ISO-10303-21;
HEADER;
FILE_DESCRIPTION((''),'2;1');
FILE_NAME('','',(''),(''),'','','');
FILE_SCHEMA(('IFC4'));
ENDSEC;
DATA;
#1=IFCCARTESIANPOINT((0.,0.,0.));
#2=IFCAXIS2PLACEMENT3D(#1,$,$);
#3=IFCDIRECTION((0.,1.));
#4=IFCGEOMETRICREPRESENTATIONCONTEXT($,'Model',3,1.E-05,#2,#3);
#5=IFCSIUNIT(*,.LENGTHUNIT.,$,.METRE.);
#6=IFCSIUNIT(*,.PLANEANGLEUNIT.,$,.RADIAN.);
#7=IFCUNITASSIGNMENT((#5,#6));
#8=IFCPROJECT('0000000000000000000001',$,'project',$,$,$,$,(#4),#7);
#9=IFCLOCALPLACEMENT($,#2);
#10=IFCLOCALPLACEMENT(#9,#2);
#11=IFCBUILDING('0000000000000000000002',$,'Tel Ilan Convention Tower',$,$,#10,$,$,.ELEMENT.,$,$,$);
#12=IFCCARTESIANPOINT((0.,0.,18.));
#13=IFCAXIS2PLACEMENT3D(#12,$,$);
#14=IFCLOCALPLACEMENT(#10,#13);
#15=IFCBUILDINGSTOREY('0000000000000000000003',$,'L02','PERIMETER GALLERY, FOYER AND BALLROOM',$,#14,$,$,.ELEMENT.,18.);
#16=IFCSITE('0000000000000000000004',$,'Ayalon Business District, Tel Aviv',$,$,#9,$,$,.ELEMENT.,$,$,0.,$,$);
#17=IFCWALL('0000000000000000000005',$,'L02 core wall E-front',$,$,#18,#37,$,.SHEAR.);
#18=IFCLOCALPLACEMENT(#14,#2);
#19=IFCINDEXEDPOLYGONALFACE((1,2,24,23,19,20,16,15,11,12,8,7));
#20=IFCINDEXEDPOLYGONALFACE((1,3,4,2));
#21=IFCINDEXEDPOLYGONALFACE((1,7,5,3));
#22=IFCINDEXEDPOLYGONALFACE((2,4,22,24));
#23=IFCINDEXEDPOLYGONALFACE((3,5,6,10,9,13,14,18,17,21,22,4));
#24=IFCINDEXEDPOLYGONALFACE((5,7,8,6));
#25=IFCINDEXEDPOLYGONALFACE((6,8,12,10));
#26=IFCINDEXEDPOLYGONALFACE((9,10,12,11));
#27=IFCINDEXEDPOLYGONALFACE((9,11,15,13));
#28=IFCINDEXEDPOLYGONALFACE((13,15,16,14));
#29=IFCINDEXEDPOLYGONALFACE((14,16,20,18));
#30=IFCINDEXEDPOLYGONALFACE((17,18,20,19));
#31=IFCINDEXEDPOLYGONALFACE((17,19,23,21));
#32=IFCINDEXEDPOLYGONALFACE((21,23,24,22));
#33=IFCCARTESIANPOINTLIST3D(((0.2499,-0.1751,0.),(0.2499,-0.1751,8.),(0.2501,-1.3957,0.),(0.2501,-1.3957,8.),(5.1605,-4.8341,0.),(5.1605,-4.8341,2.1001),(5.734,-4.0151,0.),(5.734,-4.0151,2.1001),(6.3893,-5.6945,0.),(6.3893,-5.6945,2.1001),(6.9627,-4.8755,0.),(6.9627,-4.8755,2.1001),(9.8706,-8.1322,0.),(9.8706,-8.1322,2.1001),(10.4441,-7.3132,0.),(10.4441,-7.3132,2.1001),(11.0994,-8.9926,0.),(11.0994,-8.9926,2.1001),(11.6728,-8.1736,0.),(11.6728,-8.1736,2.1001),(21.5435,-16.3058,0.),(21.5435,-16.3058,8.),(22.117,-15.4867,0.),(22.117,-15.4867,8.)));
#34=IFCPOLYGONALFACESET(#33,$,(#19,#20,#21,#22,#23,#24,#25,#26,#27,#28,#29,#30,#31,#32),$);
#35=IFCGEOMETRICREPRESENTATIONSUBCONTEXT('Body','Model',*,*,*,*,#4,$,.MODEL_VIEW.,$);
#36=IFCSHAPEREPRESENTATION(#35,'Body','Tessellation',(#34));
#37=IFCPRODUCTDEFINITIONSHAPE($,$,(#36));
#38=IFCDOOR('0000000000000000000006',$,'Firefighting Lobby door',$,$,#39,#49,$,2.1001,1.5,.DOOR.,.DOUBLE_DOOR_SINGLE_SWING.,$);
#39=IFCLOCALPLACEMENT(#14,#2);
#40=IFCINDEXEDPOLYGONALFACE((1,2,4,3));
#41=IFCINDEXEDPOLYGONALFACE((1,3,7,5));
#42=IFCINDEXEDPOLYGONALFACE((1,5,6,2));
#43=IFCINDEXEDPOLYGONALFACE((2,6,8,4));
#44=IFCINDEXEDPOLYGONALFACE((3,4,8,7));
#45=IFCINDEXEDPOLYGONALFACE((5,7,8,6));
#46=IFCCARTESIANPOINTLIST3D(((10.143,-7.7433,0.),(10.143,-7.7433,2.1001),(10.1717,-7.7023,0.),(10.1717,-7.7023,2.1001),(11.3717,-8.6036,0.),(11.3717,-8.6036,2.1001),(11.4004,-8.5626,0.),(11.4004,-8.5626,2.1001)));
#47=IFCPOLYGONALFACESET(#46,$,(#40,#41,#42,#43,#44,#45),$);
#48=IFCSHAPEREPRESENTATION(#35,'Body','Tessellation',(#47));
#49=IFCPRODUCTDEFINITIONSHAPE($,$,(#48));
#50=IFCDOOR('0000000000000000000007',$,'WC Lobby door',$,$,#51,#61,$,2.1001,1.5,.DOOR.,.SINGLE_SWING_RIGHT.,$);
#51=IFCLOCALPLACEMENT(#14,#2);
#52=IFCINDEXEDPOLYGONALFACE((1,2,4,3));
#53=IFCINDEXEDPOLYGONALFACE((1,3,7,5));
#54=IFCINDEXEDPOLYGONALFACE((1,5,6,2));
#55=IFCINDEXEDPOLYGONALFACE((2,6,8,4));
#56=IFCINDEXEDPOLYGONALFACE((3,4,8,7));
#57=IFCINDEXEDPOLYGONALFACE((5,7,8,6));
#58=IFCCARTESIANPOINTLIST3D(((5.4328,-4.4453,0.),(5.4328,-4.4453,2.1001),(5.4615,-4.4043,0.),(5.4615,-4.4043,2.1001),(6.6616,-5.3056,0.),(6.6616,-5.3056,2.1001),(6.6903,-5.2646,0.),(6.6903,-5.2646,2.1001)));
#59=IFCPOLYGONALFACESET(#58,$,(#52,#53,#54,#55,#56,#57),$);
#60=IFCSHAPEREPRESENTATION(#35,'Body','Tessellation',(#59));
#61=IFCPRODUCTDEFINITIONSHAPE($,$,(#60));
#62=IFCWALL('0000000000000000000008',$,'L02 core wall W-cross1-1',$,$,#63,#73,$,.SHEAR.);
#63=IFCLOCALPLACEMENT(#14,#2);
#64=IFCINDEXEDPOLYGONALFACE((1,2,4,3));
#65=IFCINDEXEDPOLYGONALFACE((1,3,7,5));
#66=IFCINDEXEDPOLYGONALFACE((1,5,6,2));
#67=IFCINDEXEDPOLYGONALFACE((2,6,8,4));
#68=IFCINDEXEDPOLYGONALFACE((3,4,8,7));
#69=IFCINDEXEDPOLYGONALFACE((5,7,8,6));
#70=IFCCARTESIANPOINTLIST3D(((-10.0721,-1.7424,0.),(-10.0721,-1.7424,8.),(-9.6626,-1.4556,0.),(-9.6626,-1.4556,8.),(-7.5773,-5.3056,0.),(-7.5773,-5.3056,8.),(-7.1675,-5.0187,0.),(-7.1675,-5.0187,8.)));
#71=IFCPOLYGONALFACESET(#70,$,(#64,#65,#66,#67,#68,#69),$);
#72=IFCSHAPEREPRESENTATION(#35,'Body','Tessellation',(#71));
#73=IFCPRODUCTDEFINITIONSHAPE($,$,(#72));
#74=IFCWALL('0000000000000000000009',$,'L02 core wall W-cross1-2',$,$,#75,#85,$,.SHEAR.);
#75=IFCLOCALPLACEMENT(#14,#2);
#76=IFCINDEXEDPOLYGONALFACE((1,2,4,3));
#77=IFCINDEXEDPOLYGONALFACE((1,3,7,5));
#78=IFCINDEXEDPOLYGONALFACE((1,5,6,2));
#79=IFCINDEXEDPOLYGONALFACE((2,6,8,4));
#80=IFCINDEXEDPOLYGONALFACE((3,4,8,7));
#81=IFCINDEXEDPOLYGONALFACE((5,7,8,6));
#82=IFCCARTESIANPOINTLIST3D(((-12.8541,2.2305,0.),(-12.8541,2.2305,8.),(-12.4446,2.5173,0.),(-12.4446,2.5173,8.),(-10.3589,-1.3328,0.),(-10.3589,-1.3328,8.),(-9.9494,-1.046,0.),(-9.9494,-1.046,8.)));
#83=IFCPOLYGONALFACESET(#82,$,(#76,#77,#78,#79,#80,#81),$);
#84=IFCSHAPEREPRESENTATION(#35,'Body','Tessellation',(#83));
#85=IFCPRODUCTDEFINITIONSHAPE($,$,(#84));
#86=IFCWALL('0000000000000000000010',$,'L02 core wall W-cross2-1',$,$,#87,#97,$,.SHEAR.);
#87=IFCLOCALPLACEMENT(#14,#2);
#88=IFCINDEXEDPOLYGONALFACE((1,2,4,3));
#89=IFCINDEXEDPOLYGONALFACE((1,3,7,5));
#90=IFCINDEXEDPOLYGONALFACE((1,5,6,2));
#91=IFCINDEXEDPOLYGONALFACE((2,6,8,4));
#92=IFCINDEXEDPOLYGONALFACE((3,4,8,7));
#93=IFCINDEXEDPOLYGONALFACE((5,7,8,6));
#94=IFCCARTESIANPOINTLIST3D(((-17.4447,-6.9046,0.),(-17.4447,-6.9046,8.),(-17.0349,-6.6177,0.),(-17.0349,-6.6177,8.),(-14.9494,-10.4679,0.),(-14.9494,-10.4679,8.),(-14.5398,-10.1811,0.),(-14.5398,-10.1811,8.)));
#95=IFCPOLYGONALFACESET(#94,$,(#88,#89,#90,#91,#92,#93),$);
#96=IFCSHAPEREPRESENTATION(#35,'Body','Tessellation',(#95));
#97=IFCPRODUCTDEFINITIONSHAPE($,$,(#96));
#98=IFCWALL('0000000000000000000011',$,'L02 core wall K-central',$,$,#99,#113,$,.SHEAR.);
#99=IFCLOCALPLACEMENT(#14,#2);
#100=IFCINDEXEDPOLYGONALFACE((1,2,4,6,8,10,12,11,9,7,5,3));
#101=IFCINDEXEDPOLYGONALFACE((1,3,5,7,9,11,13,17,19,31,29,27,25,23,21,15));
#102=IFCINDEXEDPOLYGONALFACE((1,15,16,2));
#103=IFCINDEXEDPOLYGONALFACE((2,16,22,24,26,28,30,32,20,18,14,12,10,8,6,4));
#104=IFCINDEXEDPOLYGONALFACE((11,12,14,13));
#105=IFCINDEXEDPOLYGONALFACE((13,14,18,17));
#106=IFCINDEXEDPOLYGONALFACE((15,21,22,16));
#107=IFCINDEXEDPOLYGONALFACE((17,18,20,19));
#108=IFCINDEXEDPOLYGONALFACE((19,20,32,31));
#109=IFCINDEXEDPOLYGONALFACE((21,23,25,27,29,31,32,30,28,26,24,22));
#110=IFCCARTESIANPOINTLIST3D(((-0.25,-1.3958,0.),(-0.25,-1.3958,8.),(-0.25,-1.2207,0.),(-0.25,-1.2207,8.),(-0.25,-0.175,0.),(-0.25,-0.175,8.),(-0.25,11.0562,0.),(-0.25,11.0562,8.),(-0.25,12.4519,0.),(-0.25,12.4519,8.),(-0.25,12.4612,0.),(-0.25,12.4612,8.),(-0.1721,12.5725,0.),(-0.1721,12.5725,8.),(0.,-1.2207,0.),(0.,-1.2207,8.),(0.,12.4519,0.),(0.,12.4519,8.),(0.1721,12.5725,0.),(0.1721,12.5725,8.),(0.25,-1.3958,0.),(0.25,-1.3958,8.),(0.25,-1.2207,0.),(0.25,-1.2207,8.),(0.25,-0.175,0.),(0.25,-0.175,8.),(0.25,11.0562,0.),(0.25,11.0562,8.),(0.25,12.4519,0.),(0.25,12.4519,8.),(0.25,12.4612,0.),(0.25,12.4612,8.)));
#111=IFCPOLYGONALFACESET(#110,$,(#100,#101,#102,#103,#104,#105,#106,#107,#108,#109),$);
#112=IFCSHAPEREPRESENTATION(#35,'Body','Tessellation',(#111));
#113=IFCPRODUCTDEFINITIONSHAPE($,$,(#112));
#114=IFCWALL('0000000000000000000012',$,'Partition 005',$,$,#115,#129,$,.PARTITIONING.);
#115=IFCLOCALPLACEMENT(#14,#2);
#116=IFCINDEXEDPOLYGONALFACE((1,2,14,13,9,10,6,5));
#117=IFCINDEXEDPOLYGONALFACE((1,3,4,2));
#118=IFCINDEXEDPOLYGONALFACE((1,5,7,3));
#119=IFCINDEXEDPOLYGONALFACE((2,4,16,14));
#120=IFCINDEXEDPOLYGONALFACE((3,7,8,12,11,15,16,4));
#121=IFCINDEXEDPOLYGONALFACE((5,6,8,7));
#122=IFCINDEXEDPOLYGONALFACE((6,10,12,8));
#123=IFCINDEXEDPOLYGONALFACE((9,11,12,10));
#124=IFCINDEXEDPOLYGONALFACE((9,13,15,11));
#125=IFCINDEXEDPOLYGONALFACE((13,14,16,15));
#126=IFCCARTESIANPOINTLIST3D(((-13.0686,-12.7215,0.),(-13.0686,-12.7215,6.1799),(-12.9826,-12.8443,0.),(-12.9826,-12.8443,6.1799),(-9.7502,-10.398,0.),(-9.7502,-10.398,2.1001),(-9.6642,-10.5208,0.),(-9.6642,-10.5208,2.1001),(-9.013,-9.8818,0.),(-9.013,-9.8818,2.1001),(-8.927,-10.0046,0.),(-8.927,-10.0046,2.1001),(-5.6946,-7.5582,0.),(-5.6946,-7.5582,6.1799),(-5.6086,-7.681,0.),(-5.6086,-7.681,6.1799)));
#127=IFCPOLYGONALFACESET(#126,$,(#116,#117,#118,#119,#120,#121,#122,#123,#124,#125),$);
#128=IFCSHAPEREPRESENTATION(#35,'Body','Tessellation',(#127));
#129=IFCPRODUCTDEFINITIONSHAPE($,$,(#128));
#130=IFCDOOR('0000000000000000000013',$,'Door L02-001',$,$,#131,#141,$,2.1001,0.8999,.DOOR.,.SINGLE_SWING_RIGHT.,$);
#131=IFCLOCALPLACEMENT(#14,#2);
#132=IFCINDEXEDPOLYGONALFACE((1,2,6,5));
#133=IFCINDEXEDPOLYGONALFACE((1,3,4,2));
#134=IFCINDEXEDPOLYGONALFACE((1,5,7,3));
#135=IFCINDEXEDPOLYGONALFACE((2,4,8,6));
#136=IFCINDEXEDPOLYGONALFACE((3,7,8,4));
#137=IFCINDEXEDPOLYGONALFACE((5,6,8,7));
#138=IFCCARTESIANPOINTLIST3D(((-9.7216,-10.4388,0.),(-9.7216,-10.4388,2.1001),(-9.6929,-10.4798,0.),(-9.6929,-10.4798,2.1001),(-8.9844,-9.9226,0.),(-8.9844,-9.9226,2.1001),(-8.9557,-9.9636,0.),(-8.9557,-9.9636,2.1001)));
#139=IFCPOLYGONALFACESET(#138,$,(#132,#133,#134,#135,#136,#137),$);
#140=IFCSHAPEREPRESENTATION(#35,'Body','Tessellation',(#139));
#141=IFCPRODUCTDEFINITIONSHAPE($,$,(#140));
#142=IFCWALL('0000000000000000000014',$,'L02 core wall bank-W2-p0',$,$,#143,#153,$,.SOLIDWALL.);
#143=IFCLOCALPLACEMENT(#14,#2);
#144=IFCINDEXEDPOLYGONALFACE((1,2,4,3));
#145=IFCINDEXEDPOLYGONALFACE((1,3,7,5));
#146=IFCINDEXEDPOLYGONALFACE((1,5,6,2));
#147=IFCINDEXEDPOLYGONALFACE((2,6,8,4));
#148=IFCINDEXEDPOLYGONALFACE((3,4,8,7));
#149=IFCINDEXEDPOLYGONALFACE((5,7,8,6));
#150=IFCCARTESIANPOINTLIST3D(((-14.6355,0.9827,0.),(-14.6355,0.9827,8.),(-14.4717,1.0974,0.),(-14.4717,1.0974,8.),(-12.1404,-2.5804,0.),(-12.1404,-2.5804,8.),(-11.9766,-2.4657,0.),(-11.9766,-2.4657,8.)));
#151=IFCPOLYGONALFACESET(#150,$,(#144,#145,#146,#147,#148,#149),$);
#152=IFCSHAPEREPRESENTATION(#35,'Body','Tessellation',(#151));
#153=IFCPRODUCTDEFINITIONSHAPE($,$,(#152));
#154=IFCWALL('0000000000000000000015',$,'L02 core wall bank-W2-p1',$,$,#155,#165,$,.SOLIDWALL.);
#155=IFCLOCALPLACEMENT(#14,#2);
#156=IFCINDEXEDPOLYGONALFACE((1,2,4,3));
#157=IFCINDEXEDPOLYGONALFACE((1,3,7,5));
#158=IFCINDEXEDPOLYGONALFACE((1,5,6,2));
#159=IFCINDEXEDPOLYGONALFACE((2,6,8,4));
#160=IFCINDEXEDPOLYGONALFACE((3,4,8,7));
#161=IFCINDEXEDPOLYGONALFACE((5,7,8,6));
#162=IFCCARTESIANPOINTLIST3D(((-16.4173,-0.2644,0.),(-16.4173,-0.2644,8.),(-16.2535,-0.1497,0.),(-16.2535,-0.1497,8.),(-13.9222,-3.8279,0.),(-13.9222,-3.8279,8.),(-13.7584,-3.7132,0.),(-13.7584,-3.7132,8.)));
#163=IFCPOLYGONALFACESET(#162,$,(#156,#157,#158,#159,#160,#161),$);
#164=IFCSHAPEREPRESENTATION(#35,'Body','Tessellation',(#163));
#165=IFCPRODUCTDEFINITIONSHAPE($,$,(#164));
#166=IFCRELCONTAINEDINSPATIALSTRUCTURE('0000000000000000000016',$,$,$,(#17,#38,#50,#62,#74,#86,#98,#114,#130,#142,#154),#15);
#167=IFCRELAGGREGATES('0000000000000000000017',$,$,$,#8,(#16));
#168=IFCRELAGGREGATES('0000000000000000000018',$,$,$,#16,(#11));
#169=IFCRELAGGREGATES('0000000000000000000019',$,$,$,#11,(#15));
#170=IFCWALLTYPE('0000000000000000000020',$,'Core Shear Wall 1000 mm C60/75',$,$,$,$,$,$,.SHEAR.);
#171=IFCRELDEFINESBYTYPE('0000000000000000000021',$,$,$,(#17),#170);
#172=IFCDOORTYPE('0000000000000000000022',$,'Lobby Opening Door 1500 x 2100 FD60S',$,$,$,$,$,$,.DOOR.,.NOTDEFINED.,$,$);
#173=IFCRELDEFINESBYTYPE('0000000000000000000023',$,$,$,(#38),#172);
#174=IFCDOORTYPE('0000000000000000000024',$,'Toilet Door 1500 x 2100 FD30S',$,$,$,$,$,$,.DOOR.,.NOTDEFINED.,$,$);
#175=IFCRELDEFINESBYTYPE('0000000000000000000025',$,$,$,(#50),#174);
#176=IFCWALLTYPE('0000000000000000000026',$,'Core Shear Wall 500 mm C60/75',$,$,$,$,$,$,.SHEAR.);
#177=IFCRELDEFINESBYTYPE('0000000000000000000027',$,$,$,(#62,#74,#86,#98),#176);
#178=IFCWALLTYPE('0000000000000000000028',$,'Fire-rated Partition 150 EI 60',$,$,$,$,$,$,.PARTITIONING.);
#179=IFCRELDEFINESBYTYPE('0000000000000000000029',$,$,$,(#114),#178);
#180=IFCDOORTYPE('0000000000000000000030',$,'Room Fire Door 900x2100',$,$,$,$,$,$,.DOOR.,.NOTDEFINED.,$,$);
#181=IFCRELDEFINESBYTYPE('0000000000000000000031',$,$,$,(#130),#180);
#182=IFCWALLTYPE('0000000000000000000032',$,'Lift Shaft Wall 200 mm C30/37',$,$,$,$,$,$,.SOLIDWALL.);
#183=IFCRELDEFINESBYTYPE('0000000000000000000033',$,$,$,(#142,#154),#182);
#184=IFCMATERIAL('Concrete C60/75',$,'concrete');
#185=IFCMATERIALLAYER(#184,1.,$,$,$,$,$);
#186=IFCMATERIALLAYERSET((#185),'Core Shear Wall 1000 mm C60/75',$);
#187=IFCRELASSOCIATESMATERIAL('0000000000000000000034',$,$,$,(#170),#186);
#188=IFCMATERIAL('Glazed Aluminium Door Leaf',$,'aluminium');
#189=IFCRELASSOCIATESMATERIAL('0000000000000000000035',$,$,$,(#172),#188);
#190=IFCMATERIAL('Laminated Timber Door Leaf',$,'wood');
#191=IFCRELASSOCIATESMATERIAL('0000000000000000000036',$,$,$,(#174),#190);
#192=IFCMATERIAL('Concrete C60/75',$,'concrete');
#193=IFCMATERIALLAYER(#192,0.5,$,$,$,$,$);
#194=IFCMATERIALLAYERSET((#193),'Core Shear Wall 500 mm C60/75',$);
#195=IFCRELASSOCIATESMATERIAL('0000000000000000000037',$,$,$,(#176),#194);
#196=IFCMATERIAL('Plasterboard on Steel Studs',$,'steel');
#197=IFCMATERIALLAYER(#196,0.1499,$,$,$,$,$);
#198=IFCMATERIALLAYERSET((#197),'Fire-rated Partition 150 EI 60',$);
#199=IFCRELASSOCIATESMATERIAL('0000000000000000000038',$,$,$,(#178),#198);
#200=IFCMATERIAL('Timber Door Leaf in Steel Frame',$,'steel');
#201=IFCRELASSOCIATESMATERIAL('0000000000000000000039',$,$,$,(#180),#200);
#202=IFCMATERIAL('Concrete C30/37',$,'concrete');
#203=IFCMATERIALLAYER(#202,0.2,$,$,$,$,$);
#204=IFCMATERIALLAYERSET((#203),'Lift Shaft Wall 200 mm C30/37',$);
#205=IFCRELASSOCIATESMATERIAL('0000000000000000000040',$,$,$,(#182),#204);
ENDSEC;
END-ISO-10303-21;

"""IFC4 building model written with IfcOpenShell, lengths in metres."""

from ifc_helpers import new_model, si_unit, direction, frame, frame_2d, origin, place, context, subcontext, project, spatial, polyline, rectangle, outline, extrude, material, layer, layer_set, type_object, element, fill, save


model = new_model("IFC4")

# Units and contexts
model_context = context("Model", 3, precision=1e-05, world=origin(), true_north=direction((0.0, 1.0)))
body_context = subcontext(model_context, "Body", "Model", "MODEL_VIEW")
ifc_project = project(units=[si_unit("LENGTHUNIT", "METRE"), si_unit("PLANEANGLEUNIT", "RADIAN")], contexts=[model_context])

# Site, building, storey
site_placement = place(None, origin())
site = spatial("IfcSite", under=ifc_project, at=site_placement, Name="Ayalon Business District, Tel Aviv", CompositionType="ELEMENT", RefElevation=0.0)
building_placement = place(site_placement, origin())
building = spatial("IfcBuilding", under=site, at=building_placement, Name="Tel Ilan Convention Tower", CompositionType="ELEMENT")
storey_placement = place(building_placement, frame((0.0, 0.0, 18.0)))
storey = spatial("IfcBuildingStorey", under=building, at=storey_placement, Name="L02", Description="PERIMETER GALLERY, FOYER AND BALLROOM", CompositionType="ELEMENT", Elevation=18.0)

# Wall, openings, doors
ifc_material_1 = material(Name="Concrete C60/75", Category="concrete")
ifc_layer_1 = layer(ifc_material_1, 1.0)
ifc_layer_set_1 = layer_set([ifc_layer_1], Name="Core Shear Wall 1000 mm C60/75")
wall_type_1 = type_object("IfcWallType", Name="Core Shear Wall 1000 mm C60/75", PredefinedType="SHEAR", material=ifc_layer_set_1)
wall_1_placement = place(storey_placement, frame((-0.0369, -0.5847, 0.0), z_axis=(0.0, 0.0, 1.0), x_axis=(0.819157, -0.573569, 0.0)))
wall_1 = element("IfcWall", 1, at=wall_1_placement, inside=storey, type_object=wall_type_1, Name="L02 core wall E-front", PredefinedType="SHEAR", context=body_context, shape_type="SweptSolid", body=[
    extrude(outline(polyline([(26.6948, 0.4998), (0.0, 0.5), (0.7002, -0.4998), (26.6948, -0.5002), (26.6948, 0.4998)])), origin(), (0.0, 0.0, 1.0), 8.0),
])
opening_1_placement = place(wall_1_placement, frame((6.6948, 0.0, 0.0)))
opening_1 = element("IfcOpeningElement", 2, at=opening_1_placement, cuts=wall_1, PredefinedType="OPENING", context=body_context, shape_type="SweptSolid", body=[
    extrude(rectangle(XDim=1.5, YDim=2.1001, at=frame_2d((0.75, 1.05))), frame((0.0, 0.51, 0.0), z_axis=(0.0, -1.0, 0.0), x_axis=(1.0, 0.0, 0.0)), (0.0, 0.0, 1.0), 1.02),
])
opening_2_placement = place(wall_1_placement, frame((12.4448, 0.0, 0.0)))
opening_2 = element("IfcOpeningElement", 3, at=opening_2_placement, cuts=wall_1, PredefinedType="OPENING", context=body_context, shape_type="SweptSolid", body=[
    extrude(rectangle(XDim=1.5, YDim=2.1001, at=frame_2d((0.75, 1.05))), frame((0.0, 0.51, 0.0), z_axis=(0.0, -1.0, 0.0), x_axis=(1.0, 0.0, 0.0)), (0.0, 0.0, 1.0), 1.02),
])
ifc_material_2 = material(Name="Glazed Aluminium Door Leaf", Category="aluminium")
door_type_1 = type_object("IfcDoorType", Name="Lobby Opening Door 1500 x 2100 FD60S", OperationType="NOTDEFINED", PredefinedType="DOOR", material=ifc_material_2)
door_1_placement = place(opening_2_placement, origin())
door_1 = element("IfcDoor", 4, at=door_1_placement, inside=storey, type_object=door_type_1, Name="Firefighting Lobby door", OperationType="DOUBLE_DOOR_SINGLE_SWING", OverallHeight=2.1001, OverallWidth=1.5, PredefinedType="DOOR", context=body_context, shape_type="SweptSolid", body=[
    extrude(rectangle(XDim=1.5, YDim=2.1001, at=frame_2d((0.75, 1.05))), frame((0.0, 0.0249, 0.0), z_axis=(0.0, -1.0, 0.0), x_axis=(1.0, 0.0, 0.0)), (0.0, 0.0, 1.0), 0.05),
])
fill(opening_2, door_1)
ifc_material_3 = material(Name="Laminated Timber Door Leaf", Category="wood")
door_type_2 = type_object("IfcDoorType", Name="Toilet Door 1500 x 2100 FD30S", OperationType="NOTDEFINED", PredefinedType="DOOR", material=ifc_material_3)
door_2_placement = place(opening_1_placement, origin())
door_2 = element("IfcDoor", 5, at=door_2_placement, inside=storey, type_object=door_type_2, Name="WC Lobby door", OperationType="SINGLE_SWING_RIGHT", OverallHeight=2.1001, OverallWidth=1.5, PredefinedType="DOOR", context=body_context, shape_type="SweptSolid", body=[
    extrude(rectangle(XDim=1.5, YDim=2.1001, at=frame_2d((0.75, 1.05))), frame((0.0, 0.0249, 0.0), z_axis=(0.0, -1.0, 0.0), x_axis=(1.0, 0.0, 0.0)), (0.0, 0.0, 1.0), 0.05),
])
fill(opening_1, door_2)

# Walls
ifc_material_4 = material(Name="Concrete C60/75", Category="concrete")
ifc_layer_2 = layer(ifc_material_4, 0.5)
ifc_layer_set_2 = layer_set([ifc_layer_2], Name="Core Shear Wall 500 mm C60/75")
wall_type_2 = type_object("IfcWallType", Name="Core Shear Wall 500 mm C60/75", PredefinedType="SHEAR", material=ifc_layer_set_2)
wall_2_placement = place(storey_placement, frame((-7.3723, -5.1621, 0.0), z_axis=(0.0, 0.0, 1.0), x_axis=(-0.573594, 0.81914, 0.0)))
element("IfcWall", 6, at=wall_2_placement, inside=storey, type_object=wall_type_2, Name="L02 core wall W-cross1-1", PredefinedType="SHEAR", context=body_context, shape_type="SweptSolid", body=[
    extrude(outline(polyline([(4.3499, 0.25), (0.0, 0.2502), (0.0, -0.25), (4.3499, -0.25), (4.3499, 0.25)])), origin(), (0.0, 0.0, 1.0), 8.0),
])
wall_3_placement = place(storey_placement, frame((-10.1543, -1.1892, 0.0), z_axis=(0.0, 0.0, 1.0), x_axis=(-0.573594, 0.81914, 0.0)))
element("IfcWall", 7, at=wall_3_placement, inside=storey, type_object=wall_type_2, Name="L02 core wall W-cross1-2", PredefinedType="SHEAR", context=body_context, shape_type="SweptSolid", body=[
    extrude(outline(polyline([(4.3499, -0.25), (4.3499, 0.25), (-0.0002, 0.25), (-0.0002, -0.25), (4.3499, -0.25)])), origin(), (0.0, 0.0, 1.0), 8.0),
])
wall_4_placement = place(storey_placement, frame((-14.7446, -10.3245, 0.0), z_axis=(0.0, 0.0, 1.0), x_axis=(-0.573568, 0.819158, 0.0)))
element("IfcWall", 8, at=wall_4_placement, inside=storey, type_object=wall_type_2, Name="L02 core wall W-cross2-1", PredefinedType="SHEAR", context=body_context, shape_type="SweptSolid", body=[
    extrude(outline(polyline([(4.3501, 0.2502), (0.0, 0.25), (0.0, -0.25), (4.3501, -0.25), (4.3501, 0.2502)])), origin(), (0.0, 0.0, 1.0), 8.0),
])
wall_5_placement = place(storey_placement, frame((0.0, -1.3958, 0.0), z_axis=(0.0, 0.0, 1.0), x_axis=(0.0, 1.0, 0.0)))
element("IfcWall", 9, at=wall_5_placement, inside=storey, type_object=wall_type_2, Name="L02 core wall K-central", PredefinedType="SHEAR", context=body_context, shape_type="SweptSolid", body=[
    extrude(outline(polyline([(0.0, -0.25), (0.175, -0.25), (1.2207, -0.25), (12.4519, -0.25), (13.8477, -0.25), (13.8569, -0.25), (13.9683, -0.1721), (13.8477, 0.0), (13.9683, 0.1721), (13.8569, 0.25), (13.8477, 0.25), (12.4519, 0.25), (1.2207, 0.25), (0.175, 0.25), (0.0, 0.25), (0.175, 0.0), (0.0, -0.25)])), origin(), (0.0, 0.0, 1.0), 8.0),
])

# Wall, opening, door
ifc_material_5 = material(Name="Plasterboard on Steel Studs", Category="steel")
ifc_layer_3 = layer(ifc_material_5, 0.1499)
ifc_layer_set_3 = layer_set([ifc_layer_3], Name="Fire-rated Partition 150 EI 60")
wall_type_3 = type_object("IfcWallType", Name="Fire-rated Partition 150 EI 60", PredefinedType="PARTITIONING", material=ifc_layer_set_3)
wall_6_placement = place(storey_placement, frame((-5.6516, -7.6196, 0.0), z_axis=(0.0, 0.0, 1.0), x_axis=(-0.819153, -0.573575, 0.0)))
wall_6 = element("IfcWall", 10, at=wall_6_placement, inside=storey, type_object=wall_type_3, Name="Partition 005", PredefinedType="PARTITIONING", context=body_context, shape_type="SweptSolid", body=[
    extrude(rectangle(XDim=9.002, YDim=0.1499, at=frame_2d((4.501, 0.0))), origin(), (0.0, 0.0, 1.0), 6.1799),
])
opening_3_placement = place(wall_6_placement, frame((4.051, 0.0, 0.0)))
opening_3 = element("IfcOpeningElement", 11, at=opening_3_placement, cuts=wall_6, PredefinedType="OPENING", context=body_context, shape_type="SweptSolid", body=[
    extrude(rectangle(XDim=0.8999, YDim=2.1001, at=frame_2d((0.45, 1.05))), frame((0.0, 0.085, 0.0), z_axis=(0.0, -1.0, 0.0), x_axis=(1.0, 0.0, 0.0)), (0.0, 0.0, 1.0), 0.1699),
])
ifc_material_6 = material(Name="Timber Door Leaf in Steel Frame", Category="steel")
door_type_3 = type_object("IfcDoorType", Name="Room Fire Door 900x2100", OperationType="NOTDEFINED", PredefinedType="DOOR", material=ifc_material_6)
door_3_placement = place(opening_3_placement, origin())
door_3 = element("IfcDoor", 12, at=door_3_placement, inside=storey, type_object=door_type_3, Name="Door L02-001", OperationType="SINGLE_SWING_RIGHT", OverallHeight=2.1001, OverallWidth=0.8999, PredefinedType="DOOR", context=body_context, shape_type="SweptSolid", body=[
    extrude(rectangle(XDim=0.8999, YDim=2.1001, at=frame_2d((0.45, 1.05))), frame((0.0, 0.0249, 0.0), z_axis=(0.0, -1.0, 0.0), x_axis=(1.0, 0.0, 0.0)), (0.0, 0.0, 1.0), 0.05),
])
fill(opening_3, door_3)

# Walls
ifc_material_7 = material(Name="Concrete C30/37", Category="concrete")
ifc_layer_4 = layer(ifc_material_7, 0.2)
ifc_layer_set_4 = layer_set([ifc_layer_4], Name="Lift Shaft Wall 200 mm C30/37")
wall_type_4 = type_object("IfcWallType", Name="Lift Shaft Wall 200 mm C30/37", PredefinedType="SOLIDWALL", material=ifc_layer_set_4)
wall_7_placement = place(storey_placement, frame((-12.0586, -2.5229, 0.0), z_axis=(0.0, 0.0, 1.0), x_axis=(-0.573594, 0.81914, 0.0)))
element("IfcWall", 13, at=wall_7_placement, inside=storey, type_object=wall_type_4, Name="L02 core wall bank-W2-p0", PredefinedType="SOLIDWALL", context=body_context, shape_type="SweptSolid", body=[
    extrude(rectangle(XDim=4.3499, YDim=0.2, at=frame_2d((2.1748, 0.0))), origin(), (0.0, 0.0, 1.0), 8.0),
])
wall_8_placement = place(storey_placement, frame((-13.8403, -3.7705, 0.0), z_axis=(0.0, 0.0, 1.0), x_axis=(-0.573568, 0.819158, 0.0)))
element("IfcWall", 14, at=wall_8_placement, inside=storey, type_object=wall_type_4, Name="L02 core wall bank-W2-p1", PredefinedType="SOLIDWALL", context=body_context, shape_type="SweptSolid", body=[
    extrude(rectangle(XDim=4.3501, YDim=0.2, at=frame_2d((2.175, 0.0))), origin(), (0.0, 0.0, 1.0), 8.0),
])

save(model, "model.ifc")
